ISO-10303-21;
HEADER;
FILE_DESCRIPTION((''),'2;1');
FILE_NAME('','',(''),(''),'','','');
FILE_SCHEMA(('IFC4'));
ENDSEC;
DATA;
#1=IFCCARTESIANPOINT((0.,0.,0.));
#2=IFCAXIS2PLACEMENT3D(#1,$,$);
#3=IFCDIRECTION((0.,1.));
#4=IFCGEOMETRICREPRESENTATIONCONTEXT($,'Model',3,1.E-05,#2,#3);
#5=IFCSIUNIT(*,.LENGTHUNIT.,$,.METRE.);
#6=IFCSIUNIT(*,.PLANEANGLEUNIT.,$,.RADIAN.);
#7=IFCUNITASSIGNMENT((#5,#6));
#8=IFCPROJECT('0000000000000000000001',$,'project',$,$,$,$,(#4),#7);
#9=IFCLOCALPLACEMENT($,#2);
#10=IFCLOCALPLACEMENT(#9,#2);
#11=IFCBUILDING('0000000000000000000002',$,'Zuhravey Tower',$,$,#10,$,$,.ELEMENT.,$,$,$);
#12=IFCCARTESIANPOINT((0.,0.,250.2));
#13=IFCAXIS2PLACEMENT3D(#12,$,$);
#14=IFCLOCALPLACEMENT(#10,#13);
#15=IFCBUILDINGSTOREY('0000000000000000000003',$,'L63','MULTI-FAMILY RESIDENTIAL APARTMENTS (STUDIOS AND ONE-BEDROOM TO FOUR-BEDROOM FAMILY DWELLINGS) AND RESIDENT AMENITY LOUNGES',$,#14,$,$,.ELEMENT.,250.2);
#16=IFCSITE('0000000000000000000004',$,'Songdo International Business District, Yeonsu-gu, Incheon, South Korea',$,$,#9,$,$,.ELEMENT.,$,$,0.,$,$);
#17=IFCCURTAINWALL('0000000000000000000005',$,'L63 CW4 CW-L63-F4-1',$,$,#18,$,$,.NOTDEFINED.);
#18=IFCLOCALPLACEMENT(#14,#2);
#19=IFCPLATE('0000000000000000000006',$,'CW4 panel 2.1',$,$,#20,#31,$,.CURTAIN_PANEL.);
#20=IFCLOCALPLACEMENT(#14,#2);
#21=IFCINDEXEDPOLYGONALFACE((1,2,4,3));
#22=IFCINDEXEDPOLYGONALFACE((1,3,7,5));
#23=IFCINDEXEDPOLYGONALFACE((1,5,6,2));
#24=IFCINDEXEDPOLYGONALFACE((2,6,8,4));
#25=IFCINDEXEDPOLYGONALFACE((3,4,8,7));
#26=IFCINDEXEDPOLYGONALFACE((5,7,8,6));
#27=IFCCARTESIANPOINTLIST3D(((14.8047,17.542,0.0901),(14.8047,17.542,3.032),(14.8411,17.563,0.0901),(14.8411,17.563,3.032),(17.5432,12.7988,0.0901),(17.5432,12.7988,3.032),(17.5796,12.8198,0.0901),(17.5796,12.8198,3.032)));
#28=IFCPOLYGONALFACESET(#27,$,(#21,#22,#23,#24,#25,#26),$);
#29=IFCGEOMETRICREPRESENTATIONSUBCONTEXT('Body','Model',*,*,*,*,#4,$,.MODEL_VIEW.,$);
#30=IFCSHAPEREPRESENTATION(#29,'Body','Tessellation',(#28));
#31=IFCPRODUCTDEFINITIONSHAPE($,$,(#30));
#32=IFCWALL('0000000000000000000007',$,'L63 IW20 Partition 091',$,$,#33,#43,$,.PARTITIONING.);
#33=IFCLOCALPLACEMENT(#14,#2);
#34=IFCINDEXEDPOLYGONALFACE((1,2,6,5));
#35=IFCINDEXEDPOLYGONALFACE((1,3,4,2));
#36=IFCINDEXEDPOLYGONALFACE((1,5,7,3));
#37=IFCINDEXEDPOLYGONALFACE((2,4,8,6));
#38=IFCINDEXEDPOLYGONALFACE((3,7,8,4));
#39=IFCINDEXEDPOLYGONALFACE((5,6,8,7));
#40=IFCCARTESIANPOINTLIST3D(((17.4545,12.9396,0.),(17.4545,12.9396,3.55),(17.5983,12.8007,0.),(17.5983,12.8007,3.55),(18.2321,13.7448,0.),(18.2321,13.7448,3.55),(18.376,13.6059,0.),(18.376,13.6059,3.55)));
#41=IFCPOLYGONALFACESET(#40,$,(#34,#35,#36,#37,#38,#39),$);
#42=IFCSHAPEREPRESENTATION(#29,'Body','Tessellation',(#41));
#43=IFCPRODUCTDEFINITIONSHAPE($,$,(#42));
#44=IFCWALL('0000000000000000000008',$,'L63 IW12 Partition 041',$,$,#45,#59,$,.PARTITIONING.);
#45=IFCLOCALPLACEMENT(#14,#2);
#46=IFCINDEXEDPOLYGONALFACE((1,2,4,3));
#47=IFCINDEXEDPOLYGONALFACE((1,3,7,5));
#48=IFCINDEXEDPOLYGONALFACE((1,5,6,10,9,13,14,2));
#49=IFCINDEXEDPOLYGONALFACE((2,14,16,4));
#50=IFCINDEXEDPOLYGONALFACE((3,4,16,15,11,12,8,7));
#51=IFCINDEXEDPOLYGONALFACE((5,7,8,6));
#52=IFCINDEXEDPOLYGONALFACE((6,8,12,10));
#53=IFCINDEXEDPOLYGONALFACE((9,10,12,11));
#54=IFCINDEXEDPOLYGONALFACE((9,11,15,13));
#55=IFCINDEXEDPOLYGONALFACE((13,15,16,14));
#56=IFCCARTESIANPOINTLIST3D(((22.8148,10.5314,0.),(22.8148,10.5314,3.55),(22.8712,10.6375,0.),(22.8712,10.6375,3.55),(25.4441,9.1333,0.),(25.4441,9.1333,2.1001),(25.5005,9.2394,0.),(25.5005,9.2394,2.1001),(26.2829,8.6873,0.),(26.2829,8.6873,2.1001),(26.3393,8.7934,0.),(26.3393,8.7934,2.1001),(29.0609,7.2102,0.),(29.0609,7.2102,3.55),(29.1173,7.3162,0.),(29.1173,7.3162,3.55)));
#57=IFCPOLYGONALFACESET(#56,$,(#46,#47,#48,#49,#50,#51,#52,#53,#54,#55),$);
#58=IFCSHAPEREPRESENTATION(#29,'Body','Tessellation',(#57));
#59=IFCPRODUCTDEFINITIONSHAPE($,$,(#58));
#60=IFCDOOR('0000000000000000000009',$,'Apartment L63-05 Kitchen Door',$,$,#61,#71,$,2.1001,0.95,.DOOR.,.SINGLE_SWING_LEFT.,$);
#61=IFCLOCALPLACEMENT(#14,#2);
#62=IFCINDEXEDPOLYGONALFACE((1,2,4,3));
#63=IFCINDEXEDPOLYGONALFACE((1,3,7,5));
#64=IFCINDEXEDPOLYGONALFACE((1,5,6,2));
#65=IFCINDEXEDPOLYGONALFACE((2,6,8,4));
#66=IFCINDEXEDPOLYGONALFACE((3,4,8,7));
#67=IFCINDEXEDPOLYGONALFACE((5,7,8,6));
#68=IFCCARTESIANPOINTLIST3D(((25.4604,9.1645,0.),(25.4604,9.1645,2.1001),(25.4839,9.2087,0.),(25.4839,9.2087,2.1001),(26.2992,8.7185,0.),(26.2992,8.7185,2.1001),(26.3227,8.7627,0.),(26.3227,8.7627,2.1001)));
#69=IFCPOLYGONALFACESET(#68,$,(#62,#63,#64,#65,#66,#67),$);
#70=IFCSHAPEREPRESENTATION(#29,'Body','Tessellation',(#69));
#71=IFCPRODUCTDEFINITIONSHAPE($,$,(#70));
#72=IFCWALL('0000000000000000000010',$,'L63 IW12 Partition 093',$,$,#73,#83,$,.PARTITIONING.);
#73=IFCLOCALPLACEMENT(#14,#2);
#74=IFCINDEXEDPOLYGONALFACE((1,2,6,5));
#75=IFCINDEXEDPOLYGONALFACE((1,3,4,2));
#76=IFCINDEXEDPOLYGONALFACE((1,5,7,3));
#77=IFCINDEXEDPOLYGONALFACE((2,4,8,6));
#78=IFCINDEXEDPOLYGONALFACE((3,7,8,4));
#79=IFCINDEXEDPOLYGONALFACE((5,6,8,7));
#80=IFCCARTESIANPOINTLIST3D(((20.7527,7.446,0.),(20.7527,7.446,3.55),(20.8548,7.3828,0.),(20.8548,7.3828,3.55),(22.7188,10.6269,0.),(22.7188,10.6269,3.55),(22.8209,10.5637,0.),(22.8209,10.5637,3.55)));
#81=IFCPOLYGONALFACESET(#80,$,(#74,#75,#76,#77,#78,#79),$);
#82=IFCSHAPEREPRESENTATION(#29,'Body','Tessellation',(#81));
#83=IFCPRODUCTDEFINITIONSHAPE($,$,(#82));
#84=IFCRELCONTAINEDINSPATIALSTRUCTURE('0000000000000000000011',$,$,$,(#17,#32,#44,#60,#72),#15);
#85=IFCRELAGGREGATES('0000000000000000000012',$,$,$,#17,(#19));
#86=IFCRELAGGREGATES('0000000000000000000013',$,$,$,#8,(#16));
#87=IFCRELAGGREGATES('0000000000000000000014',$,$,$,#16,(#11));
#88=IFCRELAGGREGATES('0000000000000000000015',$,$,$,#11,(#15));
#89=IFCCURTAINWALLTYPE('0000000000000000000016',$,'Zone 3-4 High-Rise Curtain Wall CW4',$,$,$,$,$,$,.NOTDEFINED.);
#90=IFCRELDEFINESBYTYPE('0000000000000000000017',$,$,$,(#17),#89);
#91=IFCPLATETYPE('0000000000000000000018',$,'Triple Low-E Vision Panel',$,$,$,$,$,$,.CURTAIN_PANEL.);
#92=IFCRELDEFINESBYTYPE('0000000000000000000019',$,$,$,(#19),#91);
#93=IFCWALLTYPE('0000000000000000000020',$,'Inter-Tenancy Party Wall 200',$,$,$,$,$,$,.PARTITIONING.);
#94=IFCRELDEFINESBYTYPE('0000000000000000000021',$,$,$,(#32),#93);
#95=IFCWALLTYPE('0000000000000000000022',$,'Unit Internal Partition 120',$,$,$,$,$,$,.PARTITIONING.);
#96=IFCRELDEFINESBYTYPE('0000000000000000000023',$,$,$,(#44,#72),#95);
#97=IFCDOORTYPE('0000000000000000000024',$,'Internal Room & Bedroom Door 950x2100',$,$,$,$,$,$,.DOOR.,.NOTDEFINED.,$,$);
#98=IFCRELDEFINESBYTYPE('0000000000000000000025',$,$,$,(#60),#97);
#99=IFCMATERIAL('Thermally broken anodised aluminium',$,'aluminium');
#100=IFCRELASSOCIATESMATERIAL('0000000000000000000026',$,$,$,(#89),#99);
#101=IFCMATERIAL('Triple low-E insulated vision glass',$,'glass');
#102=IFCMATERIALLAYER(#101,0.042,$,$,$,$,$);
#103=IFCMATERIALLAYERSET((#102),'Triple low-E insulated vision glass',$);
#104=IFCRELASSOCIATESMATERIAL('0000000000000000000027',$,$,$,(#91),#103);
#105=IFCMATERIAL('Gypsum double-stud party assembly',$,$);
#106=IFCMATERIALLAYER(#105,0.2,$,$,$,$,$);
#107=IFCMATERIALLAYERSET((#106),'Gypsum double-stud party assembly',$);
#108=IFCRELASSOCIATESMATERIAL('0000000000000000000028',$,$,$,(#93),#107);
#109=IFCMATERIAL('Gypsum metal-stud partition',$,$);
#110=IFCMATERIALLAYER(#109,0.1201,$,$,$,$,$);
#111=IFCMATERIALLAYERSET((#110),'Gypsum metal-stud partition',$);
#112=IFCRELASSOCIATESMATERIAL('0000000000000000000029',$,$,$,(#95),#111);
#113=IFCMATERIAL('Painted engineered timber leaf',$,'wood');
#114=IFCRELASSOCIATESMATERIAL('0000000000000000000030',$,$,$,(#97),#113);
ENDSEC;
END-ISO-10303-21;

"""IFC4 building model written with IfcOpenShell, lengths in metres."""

from ifc_helpers import new_model, si_unit, direction, frame, frame_2d, origin, origin_2d, place, context, subcontext, project, spatial, rectangle, extrude, material, layer, layer_set, type_object, element, fill, aggregate, save


model = new_model("IFC4")

# Units and contexts
model_context = context("Model", 3, precision=1e-05, world=origin(), true_north=direction((0.0, 1.0)))
body_context = subcontext(model_context, "Body", "Model", "MODEL_VIEW")
ifc_project = project(units=[si_unit("LENGTHUNIT", "METRE"), si_unit("PLANEANGLEUNIT", "RADIAN")], contexts=[model_context])

# Site, building, storey
site_placement = place(None, origin())
site = spatial("IfcSite", under=ifc_project, at=site_placement, Name="Songdo International Business District, Yeonsu-gu, Incheon, South Korea", CompositionType="ELEMENT", RefElevation=0.0)
building_placement = place(site_placement, origin())
building = spatial("IfcBuilding", under=site, at=building_placement, Name="Zuhravey Tower", CompositionType="ELEMENT")
storey_placement = place(building_placement, frame((0.0, 0.0, 250.2)))
storey = spatial("IfcBuildingStorey", under=building, at=storey_placement, Name="L63", Description="MULTI-FAMILY RESIDENTIAL APARTMENTS (STUDIOS AND ONE-BEDROOM TO FOUR-BEDROOM FAMILY DWELLINGS) AND RESIDENT AMENITY LOUNGES", CompositionType="ELEMENT", Elevation=250.2)

# Curtain wall
ifc_material_1 = material(Name="Thermally broken anodised aluminium", Category="aluminium")
curtain_wall_type = type_object("IfcCurtainWallType", Name="Zone 3-4 High-Rise Curtain Wall CW4", PredefinedType="NOTDEFINED", material=ifc_material_1)
curtain_wall_placement = place(storey_placement, origin())
curtain_wall = element("IfcCurtainWall", 1, at=curtain_wall_placement, inside=storey, type_object=curtain_wall_type, Name="L63 CW4 CW-L63-F4-1", PredefinedType="NOTDEFINED")

# Plate
ifc_material_2 = material(Name="Triple low-E insulated vision glass", Category="glass")
ifc_layer_1 = layer(ifc_material_2, 0.042)
ifc_layer_set_1 = layer_set([ifc_layer_1], Name="Triple low-E insulated vision glass")
plate_type = type_object("IfcPlateType", Name="Triple Low-E Vision Panel", PredefinedType="CURTAIN_PANEL", material=ifc_layer_set_1)
plate_1_placement = place(storey_placement, frame((16.1921, 15.1809, 0.0901), z_axis=(0.0, 0.0, 1.0), x_axis=(-0.500001, 0.866025, 0.0)))
plate_1 = element("IfcPlate", 2, at=plate_1_placement, type_object=plate_type, Name="CW4 panel 2.1", PredefinedType="CURTAIN_PANEL", context=body_context, shape_type="SweptSolid", body=[
    extrude(rectangle(XDim=5.4771, YDim=0.042, at=origin_2d()), origin(), (0.0, 0.0, 1.0), 2.9419),
])
aggregate(curtain_wall, [plate_1])

# Wall
ifc_material_3 = material(Name="Gypsum double-stud party assembly")
ifc_layer_2 = layer(ifc_material_3, 0.2)
ifc_layer_set_2 = layer_set([ifc_layer_2], Name="Gypsum double-stud party assembly")
wall_type_1 = type_object("IfcWallType", Name="Inter-Tenancy Party Wall 200", PredefinedType="PARTITIONING", material=ifc_layer_set_2)
wall_1_placement = place(storey_placement, frame((18.304, 13.6753, 0.0), z_axis=(0.0, 0.0, 1.0), x_axis=(-0.694676, -0.719323, 0.0)))
element("IfcWall", 3, at=wall_1_placement, inside=storey, type_object=wall_type_1, Name="L63 IW20 Partition 091", PredefinedType="PARTITIONING", context=body_context, shape_type="SweptSolid", body=[
    extrude(rectangle(XDim=1.1194, YDim=0.2, at=frame_2d((0.5596, 0.0))), origin(), (0.0, 0.0, 1.0), 3.55),
])

# Wall, opening, door
ifc_material_4 = material(Name="Gypsum metal-stud partition")
ifc_layer_3 = layer(ifc_material_4, 0.1201)
ifc_layer_set_3 = layer_set([ifc_layer_3], Name="Gypsum metal-stud partition")
wall_type_2 = type_object("IfcWallType", Name="Unit Internal Partition 120", PredefinedType="PARTITIONING", material=ifc_layer_set_3)
wall_2_placement = place(storey_placement, frame((22.843, 10.5845, 0.0), z_axis=(0.0, 0.0, 1.0), x_axis=(0.882937, -0.469492, 0.0)))
wall_2 = element("IfcWall", 4, at=wall_2_placement, inside=storey, type_object=wall_type_2, Name="L63 IW12 Partition 041", PredefinedType="PARTITIONING", context=body_context, shape_type="SweptSolid", body=[
    extrude(rectangle(XDim=7.0742, YDim=0.1201, at=frame_2d((3.5371, 0.0))), origin(), (0.0, 0.0, 1.0), 3.55),
])
opening_placement = place(wall_2_placement, frame((2.9778, 0.0, 0.0)))
opening = element("IfcOpeningElement", 5, at=opening_placement, cuts=wall_2, PredefinedType="OPENING", context=body_context, shape_type="SweptSolid", body=[
    extrude(rectangle(XDim=0.95, YDim=2.1001, at=frame_2d((0.4751, 1.05))), frame((0.0, 0.072, 0.0), z_axis=(0.0, -1.0, 0.0), x_axis=(1.0, 0.0, 0.0)), (0.0, 0.0, 1.0), 0.144),
])
ifc_material_5 = material(Name="Painted engineered timber leaf", Category="wood")
door_type = type_object("IfcDoorType", Name="Internal Room & Bedroom Door 950x2100", OperationType="NOTDEFINED", PredefinedType="DOOR", material=ifc_material_5)
door_placement = place(opening_placement, frame((0.95, 0.0, 0.0), z_axis=(0.0, 0.0, 1.0), x_axis=(-1.0, 0.0, 0.0)))
door = element("IfcDoor", 6, at=door_placement, inside=storey, type_object=door_type, Name="Apartment L63-05 Kitchen Door", OperationType="SINGLE_SWING_LEFT", OverallHeight=2.1001, OverallWidth=0.95, PredefinedType="DOOR", context=body_context, shape_type="SweptSolid", body=[
    extrude(rectangle(XDim=0.95, YDim=2.1001, at=frame_2d((0.4751, 1.05))), frame((0.0, 0.0249, 0.0), z_axis=(0.0, -1.0, 0.0), x_axis=(1.0, 0.0, 0.0)), (0.0, 0.0, 1.0), 0.05),
])
fill(opening, door)

# Wall
wall_3_placement = place(storey_placement, frame((22.7698, 10.5952, 0.0), z_axis=(0.0, 0.0, 1.0), x_axis=(-0.525761, -0.850632, 0.0)))
element("IfcWall", 7, at=wall_3_placement, inside=storey, type_object=wall_type_2, Name="L63 IW12 Partition 093", PredefinedType="PARTITIONING", context=body_context, shape_type="SweptSolid", body=[
    extrude(rectangle(XDim=3.7395, YDim=0.1201, at=frame_2d((1.8696, 0.0))), origin(), (0.0, 0.0, 1.0), 3.55),
])

save(model, "model.ifc")
